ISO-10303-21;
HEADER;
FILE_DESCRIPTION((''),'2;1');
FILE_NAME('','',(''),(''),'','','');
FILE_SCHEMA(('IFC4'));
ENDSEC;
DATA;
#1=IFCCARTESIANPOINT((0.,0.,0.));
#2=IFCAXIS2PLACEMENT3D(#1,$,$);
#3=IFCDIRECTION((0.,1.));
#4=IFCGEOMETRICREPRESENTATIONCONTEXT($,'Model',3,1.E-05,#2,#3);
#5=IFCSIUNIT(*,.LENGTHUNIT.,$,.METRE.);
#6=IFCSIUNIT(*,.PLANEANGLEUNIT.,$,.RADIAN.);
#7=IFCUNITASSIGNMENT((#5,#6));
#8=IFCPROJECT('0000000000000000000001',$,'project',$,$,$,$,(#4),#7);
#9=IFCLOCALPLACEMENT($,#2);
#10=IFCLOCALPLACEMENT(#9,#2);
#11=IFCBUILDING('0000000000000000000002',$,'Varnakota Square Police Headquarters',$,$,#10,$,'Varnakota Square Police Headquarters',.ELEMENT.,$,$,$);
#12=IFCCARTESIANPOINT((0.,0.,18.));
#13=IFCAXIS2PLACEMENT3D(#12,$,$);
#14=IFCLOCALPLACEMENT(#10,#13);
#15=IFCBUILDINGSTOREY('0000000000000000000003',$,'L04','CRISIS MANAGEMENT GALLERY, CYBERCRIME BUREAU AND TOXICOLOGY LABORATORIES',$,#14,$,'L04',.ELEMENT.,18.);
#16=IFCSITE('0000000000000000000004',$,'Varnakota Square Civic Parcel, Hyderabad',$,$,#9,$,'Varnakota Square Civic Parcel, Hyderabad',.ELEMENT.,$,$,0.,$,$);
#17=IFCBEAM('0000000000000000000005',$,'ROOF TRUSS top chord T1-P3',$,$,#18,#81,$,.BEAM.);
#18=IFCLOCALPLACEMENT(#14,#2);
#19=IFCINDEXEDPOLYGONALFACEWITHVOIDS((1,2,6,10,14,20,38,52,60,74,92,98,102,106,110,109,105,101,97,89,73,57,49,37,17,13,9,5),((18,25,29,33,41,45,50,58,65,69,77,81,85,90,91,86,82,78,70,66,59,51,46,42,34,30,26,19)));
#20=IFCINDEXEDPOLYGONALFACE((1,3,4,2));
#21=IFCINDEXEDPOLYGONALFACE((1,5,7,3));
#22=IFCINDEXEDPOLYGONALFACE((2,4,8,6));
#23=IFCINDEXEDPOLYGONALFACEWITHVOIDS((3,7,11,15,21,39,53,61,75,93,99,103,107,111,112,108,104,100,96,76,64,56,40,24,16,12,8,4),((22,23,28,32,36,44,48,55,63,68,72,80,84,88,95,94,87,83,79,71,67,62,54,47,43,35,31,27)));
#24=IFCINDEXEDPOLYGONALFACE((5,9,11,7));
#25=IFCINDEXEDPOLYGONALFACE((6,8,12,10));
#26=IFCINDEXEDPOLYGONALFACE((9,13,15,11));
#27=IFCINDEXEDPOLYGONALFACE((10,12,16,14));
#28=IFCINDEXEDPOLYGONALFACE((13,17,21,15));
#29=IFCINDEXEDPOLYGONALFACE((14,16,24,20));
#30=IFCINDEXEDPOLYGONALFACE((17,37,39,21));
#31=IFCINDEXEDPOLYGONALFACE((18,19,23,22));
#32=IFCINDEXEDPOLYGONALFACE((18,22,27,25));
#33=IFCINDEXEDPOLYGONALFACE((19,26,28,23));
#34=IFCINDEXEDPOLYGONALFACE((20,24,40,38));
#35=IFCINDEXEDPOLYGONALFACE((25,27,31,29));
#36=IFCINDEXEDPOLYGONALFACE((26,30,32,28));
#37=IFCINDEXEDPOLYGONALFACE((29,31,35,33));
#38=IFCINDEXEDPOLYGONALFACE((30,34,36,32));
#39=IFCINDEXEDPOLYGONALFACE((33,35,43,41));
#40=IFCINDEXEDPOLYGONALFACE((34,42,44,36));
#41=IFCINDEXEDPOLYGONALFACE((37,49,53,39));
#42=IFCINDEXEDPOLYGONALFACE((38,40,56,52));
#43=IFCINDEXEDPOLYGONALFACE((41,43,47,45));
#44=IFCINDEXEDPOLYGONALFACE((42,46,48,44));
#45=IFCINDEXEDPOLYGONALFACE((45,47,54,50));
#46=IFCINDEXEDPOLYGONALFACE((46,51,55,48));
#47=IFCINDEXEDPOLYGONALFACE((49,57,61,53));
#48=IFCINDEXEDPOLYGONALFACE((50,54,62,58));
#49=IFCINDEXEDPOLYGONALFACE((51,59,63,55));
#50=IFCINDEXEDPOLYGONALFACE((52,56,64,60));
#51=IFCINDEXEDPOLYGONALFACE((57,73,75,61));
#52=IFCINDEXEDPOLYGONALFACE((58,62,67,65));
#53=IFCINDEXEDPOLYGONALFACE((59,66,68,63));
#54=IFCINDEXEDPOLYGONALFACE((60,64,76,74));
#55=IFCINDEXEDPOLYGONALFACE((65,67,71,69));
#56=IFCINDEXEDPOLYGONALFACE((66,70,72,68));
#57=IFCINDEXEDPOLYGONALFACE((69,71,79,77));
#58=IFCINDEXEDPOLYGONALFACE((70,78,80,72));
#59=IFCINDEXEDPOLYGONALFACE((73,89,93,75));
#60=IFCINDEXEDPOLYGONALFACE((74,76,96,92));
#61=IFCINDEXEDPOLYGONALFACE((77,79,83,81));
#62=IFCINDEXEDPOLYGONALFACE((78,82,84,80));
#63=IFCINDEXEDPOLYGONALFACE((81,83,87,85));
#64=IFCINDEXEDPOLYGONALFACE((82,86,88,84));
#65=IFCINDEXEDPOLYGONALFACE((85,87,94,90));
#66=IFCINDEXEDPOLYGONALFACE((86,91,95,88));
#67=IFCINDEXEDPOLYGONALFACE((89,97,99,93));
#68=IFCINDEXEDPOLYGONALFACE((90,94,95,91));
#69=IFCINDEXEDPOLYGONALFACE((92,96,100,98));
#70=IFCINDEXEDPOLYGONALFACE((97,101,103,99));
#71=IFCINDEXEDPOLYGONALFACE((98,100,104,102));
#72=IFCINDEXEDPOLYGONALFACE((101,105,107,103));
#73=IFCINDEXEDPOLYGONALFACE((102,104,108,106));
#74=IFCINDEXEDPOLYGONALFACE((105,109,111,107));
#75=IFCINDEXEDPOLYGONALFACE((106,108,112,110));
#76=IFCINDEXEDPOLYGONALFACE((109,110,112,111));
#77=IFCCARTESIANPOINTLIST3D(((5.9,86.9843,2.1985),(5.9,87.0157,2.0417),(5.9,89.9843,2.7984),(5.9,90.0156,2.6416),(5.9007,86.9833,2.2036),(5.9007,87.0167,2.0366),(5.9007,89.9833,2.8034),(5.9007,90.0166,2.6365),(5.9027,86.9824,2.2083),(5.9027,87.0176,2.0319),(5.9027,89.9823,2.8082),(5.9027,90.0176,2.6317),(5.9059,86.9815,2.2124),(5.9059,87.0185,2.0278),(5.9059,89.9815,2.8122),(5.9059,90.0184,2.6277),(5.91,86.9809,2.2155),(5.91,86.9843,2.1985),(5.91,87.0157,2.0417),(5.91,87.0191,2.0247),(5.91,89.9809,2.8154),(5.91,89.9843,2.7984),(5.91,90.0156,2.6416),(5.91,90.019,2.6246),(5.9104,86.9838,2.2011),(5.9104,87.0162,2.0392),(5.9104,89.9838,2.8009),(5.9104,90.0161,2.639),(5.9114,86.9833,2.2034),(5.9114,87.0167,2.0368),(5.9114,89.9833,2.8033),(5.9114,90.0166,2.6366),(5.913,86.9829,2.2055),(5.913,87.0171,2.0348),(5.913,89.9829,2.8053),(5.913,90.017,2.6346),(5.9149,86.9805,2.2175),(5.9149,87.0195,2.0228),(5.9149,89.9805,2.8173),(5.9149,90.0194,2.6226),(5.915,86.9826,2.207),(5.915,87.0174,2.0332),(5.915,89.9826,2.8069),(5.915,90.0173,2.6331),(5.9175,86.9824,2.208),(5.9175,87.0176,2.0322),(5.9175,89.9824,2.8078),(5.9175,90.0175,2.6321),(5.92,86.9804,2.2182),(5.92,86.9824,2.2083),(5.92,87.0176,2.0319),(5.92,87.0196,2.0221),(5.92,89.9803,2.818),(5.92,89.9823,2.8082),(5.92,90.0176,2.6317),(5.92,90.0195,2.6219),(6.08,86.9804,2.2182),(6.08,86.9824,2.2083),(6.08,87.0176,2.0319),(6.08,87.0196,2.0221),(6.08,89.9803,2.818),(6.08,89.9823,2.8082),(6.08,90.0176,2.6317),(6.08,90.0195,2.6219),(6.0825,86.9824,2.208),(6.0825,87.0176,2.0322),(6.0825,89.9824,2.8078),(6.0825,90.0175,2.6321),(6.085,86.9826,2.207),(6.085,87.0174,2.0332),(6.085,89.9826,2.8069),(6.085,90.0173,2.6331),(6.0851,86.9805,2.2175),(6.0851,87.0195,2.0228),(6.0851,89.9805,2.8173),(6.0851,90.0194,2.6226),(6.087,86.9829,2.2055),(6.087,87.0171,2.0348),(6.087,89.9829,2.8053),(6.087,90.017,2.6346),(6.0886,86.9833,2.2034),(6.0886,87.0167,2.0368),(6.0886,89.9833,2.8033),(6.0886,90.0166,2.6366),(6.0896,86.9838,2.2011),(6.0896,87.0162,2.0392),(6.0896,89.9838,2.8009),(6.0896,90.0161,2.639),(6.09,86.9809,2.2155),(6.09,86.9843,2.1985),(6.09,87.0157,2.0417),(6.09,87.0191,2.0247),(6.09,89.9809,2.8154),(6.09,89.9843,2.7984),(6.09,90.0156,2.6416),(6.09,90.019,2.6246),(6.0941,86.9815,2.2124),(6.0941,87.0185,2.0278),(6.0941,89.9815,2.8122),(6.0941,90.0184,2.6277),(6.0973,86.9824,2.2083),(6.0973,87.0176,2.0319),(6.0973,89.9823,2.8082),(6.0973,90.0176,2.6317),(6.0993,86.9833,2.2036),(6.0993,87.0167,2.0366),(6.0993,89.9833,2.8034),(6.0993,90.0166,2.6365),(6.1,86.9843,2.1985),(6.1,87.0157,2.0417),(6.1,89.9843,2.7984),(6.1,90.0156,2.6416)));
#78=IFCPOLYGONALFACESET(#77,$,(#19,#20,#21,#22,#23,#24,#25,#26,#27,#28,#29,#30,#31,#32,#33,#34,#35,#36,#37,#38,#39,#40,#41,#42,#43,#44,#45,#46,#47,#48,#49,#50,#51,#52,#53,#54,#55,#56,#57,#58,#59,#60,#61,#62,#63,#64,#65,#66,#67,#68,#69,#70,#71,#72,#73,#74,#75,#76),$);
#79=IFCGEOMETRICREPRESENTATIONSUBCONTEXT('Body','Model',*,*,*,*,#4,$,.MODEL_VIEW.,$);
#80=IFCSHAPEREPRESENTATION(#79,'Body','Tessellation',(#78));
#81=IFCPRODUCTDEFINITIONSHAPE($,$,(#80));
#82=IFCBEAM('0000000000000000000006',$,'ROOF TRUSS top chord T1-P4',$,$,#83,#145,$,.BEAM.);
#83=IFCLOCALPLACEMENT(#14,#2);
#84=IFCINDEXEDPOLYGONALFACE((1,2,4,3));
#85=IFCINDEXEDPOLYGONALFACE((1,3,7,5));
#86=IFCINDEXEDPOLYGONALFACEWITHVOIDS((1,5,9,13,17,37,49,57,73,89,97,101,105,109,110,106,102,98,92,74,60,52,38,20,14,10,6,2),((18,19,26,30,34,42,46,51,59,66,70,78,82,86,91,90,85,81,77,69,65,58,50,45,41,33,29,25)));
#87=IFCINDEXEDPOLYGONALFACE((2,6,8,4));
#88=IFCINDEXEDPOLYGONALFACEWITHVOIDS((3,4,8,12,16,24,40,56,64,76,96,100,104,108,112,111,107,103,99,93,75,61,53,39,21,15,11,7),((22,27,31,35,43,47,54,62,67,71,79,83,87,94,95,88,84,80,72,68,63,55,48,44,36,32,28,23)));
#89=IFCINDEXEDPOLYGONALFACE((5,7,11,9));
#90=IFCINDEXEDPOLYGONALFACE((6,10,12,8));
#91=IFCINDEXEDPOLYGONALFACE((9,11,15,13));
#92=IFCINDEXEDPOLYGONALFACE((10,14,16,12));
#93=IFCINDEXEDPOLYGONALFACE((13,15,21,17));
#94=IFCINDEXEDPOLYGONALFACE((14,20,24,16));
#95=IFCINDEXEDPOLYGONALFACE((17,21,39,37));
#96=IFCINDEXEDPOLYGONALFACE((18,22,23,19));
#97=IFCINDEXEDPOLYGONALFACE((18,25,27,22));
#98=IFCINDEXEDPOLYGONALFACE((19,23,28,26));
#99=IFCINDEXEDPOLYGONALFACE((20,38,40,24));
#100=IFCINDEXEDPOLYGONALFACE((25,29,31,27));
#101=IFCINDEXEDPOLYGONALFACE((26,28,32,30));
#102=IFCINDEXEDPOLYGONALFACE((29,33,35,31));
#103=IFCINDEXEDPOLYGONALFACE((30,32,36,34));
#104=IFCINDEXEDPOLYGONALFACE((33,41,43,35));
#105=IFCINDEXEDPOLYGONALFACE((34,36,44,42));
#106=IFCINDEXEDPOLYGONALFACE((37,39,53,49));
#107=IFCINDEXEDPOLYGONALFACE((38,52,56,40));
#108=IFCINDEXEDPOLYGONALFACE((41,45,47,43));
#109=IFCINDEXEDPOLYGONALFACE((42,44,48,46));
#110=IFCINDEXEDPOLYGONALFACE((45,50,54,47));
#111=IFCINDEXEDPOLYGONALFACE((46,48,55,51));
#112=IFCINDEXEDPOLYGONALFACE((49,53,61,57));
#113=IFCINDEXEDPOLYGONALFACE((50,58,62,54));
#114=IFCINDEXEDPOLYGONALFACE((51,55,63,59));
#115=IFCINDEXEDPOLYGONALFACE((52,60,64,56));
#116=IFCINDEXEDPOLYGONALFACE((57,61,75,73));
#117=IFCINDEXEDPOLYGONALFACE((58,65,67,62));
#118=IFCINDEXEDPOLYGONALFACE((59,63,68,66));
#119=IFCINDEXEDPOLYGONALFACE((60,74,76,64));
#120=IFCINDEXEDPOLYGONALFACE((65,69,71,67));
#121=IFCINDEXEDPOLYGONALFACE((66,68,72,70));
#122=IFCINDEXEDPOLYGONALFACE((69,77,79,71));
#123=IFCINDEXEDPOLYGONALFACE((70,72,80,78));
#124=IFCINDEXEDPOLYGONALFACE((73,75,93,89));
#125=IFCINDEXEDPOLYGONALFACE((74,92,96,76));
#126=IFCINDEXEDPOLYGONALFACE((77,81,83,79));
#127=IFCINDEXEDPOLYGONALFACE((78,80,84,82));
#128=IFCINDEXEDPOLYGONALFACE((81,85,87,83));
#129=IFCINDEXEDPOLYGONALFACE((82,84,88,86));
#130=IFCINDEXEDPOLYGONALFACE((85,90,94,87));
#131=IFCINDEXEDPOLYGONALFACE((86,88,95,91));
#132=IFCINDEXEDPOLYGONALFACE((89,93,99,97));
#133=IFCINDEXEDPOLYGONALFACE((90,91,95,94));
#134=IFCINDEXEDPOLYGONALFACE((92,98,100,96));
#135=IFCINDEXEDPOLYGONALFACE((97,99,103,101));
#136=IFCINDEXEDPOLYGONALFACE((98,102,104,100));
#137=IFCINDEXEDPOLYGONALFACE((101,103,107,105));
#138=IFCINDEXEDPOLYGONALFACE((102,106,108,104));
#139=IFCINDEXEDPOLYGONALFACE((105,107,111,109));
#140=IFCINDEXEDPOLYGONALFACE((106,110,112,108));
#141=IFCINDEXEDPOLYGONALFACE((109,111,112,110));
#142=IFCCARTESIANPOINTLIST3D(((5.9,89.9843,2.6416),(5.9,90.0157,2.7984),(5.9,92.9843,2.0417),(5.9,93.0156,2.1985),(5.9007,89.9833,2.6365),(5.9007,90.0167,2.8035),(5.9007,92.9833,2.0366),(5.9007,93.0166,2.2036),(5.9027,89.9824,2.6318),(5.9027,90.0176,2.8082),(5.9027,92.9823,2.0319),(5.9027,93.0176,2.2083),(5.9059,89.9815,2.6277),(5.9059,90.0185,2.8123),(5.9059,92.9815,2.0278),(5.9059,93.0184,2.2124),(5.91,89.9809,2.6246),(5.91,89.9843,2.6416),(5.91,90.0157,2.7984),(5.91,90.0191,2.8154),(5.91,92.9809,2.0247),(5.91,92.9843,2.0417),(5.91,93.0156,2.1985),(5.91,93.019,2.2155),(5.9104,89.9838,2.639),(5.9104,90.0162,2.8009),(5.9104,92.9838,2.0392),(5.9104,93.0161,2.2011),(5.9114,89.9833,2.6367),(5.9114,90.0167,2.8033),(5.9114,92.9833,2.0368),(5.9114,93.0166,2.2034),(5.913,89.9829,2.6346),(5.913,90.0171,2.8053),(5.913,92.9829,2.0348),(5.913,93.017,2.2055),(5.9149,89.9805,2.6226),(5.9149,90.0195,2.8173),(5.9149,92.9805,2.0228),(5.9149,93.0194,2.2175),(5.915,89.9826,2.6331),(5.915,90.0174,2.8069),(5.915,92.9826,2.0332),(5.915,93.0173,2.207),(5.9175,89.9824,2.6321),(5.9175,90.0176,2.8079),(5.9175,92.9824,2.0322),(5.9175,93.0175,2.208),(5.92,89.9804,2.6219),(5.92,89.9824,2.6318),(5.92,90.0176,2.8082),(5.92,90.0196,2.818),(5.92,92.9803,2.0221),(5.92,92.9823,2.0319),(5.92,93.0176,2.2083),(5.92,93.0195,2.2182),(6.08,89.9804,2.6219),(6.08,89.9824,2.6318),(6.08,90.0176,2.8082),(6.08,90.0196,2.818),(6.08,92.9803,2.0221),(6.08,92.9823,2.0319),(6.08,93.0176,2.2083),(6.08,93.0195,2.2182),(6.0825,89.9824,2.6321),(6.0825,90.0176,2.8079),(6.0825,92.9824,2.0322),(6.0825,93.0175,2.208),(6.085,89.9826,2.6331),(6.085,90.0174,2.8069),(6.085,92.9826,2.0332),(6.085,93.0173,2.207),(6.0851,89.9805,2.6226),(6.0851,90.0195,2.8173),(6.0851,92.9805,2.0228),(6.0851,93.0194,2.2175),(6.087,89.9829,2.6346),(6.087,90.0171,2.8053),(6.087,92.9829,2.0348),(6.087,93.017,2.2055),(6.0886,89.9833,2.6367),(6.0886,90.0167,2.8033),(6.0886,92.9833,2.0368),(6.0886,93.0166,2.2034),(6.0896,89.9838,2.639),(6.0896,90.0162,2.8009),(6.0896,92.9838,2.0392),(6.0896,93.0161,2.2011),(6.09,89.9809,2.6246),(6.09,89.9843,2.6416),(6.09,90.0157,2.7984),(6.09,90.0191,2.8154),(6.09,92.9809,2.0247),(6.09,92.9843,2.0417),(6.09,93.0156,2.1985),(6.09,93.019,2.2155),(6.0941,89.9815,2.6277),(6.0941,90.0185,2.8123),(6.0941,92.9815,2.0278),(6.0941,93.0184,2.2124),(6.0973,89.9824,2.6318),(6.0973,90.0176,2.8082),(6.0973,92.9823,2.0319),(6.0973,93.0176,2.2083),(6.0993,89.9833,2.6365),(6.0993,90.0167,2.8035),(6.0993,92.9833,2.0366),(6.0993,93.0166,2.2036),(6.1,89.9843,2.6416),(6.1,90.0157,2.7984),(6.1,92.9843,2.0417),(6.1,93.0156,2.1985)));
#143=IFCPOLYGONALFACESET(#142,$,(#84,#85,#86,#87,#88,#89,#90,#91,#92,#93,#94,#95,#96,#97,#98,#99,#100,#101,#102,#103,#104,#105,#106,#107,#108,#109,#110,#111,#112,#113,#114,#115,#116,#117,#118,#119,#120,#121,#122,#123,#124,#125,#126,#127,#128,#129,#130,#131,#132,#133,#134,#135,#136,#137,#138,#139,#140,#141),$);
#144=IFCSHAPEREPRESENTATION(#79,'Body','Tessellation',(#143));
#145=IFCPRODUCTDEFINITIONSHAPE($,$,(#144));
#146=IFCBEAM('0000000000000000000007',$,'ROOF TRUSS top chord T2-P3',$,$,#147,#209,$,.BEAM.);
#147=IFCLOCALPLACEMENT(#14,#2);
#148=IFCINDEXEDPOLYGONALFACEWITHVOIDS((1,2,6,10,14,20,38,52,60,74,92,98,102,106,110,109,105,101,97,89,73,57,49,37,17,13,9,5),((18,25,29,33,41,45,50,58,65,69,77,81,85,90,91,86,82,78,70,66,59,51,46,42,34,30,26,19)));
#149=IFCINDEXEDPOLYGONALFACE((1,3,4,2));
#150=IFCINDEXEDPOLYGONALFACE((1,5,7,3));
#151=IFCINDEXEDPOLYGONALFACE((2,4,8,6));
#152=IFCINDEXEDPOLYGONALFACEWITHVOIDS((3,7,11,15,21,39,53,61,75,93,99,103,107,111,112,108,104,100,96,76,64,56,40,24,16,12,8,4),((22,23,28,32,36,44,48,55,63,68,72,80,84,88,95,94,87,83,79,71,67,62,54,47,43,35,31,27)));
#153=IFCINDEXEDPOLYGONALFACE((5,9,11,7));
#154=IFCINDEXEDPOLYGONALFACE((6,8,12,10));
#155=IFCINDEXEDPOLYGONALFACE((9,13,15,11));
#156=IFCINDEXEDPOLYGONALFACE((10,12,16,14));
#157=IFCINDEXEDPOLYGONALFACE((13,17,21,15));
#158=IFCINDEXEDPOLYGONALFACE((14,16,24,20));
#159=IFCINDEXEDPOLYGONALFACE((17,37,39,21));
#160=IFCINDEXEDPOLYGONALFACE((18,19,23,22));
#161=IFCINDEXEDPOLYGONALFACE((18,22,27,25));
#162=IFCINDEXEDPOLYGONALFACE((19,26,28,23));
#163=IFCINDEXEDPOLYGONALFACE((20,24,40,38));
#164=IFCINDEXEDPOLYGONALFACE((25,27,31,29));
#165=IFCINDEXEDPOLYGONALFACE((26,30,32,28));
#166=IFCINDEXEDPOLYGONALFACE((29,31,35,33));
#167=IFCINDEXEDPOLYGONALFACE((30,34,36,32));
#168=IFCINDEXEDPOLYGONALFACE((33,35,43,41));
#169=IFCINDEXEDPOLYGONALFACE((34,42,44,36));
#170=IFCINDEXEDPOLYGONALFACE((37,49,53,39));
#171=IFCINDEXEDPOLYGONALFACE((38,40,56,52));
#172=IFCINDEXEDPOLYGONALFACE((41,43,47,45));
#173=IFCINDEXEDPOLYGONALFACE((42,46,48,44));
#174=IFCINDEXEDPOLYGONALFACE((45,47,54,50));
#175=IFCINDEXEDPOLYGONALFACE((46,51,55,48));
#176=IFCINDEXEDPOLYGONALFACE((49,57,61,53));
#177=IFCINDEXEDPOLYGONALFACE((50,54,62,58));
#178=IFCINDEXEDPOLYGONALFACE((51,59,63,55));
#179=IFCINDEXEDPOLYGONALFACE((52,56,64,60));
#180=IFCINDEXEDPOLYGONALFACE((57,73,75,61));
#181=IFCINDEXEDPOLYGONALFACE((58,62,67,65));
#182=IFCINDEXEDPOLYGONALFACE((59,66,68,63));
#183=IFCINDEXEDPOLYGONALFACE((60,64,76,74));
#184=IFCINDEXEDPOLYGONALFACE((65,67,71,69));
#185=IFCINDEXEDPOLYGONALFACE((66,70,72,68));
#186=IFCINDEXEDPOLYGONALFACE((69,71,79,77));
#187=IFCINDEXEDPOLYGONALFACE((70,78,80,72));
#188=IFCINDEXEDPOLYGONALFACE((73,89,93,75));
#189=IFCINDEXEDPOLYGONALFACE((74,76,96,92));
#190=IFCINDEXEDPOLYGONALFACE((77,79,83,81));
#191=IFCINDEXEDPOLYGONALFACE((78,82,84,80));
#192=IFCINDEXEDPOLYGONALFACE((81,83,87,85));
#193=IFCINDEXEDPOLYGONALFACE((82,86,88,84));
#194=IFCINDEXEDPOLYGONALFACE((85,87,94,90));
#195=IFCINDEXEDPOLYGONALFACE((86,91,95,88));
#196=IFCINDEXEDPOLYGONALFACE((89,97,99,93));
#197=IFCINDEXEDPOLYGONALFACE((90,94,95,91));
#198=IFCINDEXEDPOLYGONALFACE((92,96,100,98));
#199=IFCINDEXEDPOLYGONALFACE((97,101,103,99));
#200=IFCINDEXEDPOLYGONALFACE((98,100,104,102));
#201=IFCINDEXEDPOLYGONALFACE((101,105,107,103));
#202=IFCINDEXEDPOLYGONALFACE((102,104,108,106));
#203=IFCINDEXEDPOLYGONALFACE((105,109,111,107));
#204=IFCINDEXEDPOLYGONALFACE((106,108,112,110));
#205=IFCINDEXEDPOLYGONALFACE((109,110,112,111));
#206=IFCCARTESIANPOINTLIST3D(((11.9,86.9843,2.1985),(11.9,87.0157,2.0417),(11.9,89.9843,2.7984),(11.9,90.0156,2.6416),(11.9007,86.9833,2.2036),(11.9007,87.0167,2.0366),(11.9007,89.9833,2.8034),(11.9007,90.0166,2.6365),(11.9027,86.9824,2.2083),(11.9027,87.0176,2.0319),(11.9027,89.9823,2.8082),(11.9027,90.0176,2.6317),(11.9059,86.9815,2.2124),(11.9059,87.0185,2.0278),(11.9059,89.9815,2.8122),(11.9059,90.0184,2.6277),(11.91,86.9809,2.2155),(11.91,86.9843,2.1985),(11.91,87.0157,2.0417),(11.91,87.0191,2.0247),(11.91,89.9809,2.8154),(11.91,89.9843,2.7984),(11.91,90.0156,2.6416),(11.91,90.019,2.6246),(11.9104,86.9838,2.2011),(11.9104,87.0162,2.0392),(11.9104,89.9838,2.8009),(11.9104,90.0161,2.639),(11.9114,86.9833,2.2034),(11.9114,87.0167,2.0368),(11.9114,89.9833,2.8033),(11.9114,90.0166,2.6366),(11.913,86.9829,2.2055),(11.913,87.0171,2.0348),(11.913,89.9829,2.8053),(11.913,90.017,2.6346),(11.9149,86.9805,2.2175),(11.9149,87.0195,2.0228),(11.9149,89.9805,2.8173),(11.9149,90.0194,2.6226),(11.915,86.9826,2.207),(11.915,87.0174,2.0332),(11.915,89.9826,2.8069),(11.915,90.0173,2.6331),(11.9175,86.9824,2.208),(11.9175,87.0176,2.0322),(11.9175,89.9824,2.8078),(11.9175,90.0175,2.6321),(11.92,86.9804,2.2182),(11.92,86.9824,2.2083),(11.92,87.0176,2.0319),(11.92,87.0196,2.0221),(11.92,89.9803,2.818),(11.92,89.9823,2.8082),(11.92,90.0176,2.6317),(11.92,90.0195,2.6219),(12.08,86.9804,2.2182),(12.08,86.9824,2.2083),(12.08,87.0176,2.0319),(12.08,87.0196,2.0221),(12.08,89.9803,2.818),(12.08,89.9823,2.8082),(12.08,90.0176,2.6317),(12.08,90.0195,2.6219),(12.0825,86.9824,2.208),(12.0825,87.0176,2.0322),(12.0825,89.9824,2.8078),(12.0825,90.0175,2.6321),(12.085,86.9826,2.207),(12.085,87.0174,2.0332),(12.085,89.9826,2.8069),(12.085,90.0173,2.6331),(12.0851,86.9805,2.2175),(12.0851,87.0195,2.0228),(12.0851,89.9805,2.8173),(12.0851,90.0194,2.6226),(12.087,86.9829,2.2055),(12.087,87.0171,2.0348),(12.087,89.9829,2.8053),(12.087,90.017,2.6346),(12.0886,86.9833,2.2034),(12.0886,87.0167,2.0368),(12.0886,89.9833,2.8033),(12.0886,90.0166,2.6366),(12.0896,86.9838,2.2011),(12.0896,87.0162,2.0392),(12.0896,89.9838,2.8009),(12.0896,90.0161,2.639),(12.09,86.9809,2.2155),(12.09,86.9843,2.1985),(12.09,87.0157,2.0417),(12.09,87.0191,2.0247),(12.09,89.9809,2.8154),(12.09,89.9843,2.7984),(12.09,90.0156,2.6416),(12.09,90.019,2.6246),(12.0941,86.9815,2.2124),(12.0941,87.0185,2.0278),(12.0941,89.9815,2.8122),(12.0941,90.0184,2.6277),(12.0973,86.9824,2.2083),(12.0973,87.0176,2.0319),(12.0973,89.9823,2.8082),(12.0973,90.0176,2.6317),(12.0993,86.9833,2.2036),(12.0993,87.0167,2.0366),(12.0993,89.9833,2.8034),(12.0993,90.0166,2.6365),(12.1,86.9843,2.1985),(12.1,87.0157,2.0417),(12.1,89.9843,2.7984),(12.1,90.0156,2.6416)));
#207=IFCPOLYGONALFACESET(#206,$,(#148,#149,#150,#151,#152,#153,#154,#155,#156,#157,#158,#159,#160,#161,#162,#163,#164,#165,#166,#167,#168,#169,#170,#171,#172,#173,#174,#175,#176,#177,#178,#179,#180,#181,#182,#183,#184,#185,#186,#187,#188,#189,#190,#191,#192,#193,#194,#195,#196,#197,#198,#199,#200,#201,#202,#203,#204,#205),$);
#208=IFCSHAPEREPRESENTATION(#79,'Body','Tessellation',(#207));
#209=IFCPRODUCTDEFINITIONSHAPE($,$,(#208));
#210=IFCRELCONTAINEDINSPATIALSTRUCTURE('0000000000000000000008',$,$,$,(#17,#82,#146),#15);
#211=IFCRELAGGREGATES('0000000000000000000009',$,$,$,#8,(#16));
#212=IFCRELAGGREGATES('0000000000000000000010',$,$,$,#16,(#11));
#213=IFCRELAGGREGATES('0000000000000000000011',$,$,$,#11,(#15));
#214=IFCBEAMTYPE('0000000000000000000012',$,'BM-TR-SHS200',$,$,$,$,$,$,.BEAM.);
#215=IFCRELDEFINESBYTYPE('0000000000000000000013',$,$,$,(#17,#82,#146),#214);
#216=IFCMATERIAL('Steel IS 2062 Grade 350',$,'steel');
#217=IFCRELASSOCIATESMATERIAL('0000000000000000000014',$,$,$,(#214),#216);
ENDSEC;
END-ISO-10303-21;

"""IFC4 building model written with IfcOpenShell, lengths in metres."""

from ifc_helpers import new_model, si_unit, direction, frame, origin, origin_2d, place, context, subcontext, project, spatial, hollow_rectangle, extrude, material, material_profile, profile_set, type_object, element, save


model = new_model("IFC4")

# Units and contexts
model_context = context("Model", 3, precision=1e-05, world=origin(), true_north=direction((0.0, 1.0)))
body_context = subcontext(model_context, "Body", "Model", "MODEL_VIEW")
ifc_project = project(units=[si_unit("LENGTHUNIT", "METRE"), si_unit("PLANEANGLEUNIT", "RADIAN")], contexts=[model_context])

# Site, building, storey
site_placement = place(None, origin())
site = spatial("IfcSite", under=ifc_project, at=site_placement, Name="Varnakota Square Civic Parcel, Hyderabad", LongName="Varnakota Square Civic Parcel, Hyderabad", CompositionType="ELEMENT", RefElevation=0.0)
building_placement = place(site_placement, origin())
building = spatial("IfcBuilding", under=site, at=building_placement, Name="Varnakota Square Police Headquarters", LongName="Varnakota Square Police Headquarters", CompositionType="ELEMENT")
storey_placement = place(building_placement, frame((0.0, 0.0, 18.0)))
storey = spatial("IfcBuildingStorey", under=building, at=storey_placement, Name="L04", Description="CRISIS MANAGEMENT GALLERY, CYBERCRIME BUREAU AND TOXICOLOGY LABORATORIES", LongName="L04", CompositionType="ELEMENT", Elevation=18.0)

# Beams
ifc_material_1 = material(Name="Steel IS 2062 Grade 350", Category="steel")
ifc_material_profile_1 = material_profile(ifc_material_1, hollow_rectangle(XDim=0.2, YDim=0.2, WallThickness=0.01, InnerFilletRadius=0.01, OuterFilletRadius=0.02, at=origin_2d()), Name="SHS 200x200x10")
ifc_profile_set_1 = profile_set([ifc_material_profile_1], Name="Steel IS 2062 Grade 350")
beam_type_1 = type_object("IfcBeamType", Name="BM-TR-SHS200", PredefinedType="BEAM", material=ifc_profile_set_1)
for number, where, z_axis, x_axis, name in (
    (1, (6.0, 87.0, 2.1201), (0.0, 0.98059, 0.19607), (-1.0, 0.0, 0.0), "ROOF TRUSS top chord T1-P3"),
    (2, (6.0, 90.0, 2.72), (0.0, 0.98059, -0.19607), (-1.0, 0.0, 0.0), "ROOF TRUSS top chord T1-P4"),
    (3, (12.0, 87.0, 2.1201), (0.0, 0.98059, 0.19607), (-1.0, 0.0, 0.0), "ROOF TRUSS top chord T2-P3"),
):
    element("IfcBeam", number, at=place(storey_placement, frame(where, z_axis=z_axis, x_axis=x_axis)), inside=storey, type_object=beam_type_1, Name=name, PredefinedType="BEAM", context=body_context, shape_type="SweptSolid", body=[
        extrude(hollow_rectangle(XDim=0.2, YDim=0.2, WallThickness=0.01, InnerFilletRadius=0.01, OuterFilletRadius=0.02, at=origin_2d()), origin(), (0.0, 0.0, 1.0), 3.0593),
    ])

save(model, "model.ifc")
